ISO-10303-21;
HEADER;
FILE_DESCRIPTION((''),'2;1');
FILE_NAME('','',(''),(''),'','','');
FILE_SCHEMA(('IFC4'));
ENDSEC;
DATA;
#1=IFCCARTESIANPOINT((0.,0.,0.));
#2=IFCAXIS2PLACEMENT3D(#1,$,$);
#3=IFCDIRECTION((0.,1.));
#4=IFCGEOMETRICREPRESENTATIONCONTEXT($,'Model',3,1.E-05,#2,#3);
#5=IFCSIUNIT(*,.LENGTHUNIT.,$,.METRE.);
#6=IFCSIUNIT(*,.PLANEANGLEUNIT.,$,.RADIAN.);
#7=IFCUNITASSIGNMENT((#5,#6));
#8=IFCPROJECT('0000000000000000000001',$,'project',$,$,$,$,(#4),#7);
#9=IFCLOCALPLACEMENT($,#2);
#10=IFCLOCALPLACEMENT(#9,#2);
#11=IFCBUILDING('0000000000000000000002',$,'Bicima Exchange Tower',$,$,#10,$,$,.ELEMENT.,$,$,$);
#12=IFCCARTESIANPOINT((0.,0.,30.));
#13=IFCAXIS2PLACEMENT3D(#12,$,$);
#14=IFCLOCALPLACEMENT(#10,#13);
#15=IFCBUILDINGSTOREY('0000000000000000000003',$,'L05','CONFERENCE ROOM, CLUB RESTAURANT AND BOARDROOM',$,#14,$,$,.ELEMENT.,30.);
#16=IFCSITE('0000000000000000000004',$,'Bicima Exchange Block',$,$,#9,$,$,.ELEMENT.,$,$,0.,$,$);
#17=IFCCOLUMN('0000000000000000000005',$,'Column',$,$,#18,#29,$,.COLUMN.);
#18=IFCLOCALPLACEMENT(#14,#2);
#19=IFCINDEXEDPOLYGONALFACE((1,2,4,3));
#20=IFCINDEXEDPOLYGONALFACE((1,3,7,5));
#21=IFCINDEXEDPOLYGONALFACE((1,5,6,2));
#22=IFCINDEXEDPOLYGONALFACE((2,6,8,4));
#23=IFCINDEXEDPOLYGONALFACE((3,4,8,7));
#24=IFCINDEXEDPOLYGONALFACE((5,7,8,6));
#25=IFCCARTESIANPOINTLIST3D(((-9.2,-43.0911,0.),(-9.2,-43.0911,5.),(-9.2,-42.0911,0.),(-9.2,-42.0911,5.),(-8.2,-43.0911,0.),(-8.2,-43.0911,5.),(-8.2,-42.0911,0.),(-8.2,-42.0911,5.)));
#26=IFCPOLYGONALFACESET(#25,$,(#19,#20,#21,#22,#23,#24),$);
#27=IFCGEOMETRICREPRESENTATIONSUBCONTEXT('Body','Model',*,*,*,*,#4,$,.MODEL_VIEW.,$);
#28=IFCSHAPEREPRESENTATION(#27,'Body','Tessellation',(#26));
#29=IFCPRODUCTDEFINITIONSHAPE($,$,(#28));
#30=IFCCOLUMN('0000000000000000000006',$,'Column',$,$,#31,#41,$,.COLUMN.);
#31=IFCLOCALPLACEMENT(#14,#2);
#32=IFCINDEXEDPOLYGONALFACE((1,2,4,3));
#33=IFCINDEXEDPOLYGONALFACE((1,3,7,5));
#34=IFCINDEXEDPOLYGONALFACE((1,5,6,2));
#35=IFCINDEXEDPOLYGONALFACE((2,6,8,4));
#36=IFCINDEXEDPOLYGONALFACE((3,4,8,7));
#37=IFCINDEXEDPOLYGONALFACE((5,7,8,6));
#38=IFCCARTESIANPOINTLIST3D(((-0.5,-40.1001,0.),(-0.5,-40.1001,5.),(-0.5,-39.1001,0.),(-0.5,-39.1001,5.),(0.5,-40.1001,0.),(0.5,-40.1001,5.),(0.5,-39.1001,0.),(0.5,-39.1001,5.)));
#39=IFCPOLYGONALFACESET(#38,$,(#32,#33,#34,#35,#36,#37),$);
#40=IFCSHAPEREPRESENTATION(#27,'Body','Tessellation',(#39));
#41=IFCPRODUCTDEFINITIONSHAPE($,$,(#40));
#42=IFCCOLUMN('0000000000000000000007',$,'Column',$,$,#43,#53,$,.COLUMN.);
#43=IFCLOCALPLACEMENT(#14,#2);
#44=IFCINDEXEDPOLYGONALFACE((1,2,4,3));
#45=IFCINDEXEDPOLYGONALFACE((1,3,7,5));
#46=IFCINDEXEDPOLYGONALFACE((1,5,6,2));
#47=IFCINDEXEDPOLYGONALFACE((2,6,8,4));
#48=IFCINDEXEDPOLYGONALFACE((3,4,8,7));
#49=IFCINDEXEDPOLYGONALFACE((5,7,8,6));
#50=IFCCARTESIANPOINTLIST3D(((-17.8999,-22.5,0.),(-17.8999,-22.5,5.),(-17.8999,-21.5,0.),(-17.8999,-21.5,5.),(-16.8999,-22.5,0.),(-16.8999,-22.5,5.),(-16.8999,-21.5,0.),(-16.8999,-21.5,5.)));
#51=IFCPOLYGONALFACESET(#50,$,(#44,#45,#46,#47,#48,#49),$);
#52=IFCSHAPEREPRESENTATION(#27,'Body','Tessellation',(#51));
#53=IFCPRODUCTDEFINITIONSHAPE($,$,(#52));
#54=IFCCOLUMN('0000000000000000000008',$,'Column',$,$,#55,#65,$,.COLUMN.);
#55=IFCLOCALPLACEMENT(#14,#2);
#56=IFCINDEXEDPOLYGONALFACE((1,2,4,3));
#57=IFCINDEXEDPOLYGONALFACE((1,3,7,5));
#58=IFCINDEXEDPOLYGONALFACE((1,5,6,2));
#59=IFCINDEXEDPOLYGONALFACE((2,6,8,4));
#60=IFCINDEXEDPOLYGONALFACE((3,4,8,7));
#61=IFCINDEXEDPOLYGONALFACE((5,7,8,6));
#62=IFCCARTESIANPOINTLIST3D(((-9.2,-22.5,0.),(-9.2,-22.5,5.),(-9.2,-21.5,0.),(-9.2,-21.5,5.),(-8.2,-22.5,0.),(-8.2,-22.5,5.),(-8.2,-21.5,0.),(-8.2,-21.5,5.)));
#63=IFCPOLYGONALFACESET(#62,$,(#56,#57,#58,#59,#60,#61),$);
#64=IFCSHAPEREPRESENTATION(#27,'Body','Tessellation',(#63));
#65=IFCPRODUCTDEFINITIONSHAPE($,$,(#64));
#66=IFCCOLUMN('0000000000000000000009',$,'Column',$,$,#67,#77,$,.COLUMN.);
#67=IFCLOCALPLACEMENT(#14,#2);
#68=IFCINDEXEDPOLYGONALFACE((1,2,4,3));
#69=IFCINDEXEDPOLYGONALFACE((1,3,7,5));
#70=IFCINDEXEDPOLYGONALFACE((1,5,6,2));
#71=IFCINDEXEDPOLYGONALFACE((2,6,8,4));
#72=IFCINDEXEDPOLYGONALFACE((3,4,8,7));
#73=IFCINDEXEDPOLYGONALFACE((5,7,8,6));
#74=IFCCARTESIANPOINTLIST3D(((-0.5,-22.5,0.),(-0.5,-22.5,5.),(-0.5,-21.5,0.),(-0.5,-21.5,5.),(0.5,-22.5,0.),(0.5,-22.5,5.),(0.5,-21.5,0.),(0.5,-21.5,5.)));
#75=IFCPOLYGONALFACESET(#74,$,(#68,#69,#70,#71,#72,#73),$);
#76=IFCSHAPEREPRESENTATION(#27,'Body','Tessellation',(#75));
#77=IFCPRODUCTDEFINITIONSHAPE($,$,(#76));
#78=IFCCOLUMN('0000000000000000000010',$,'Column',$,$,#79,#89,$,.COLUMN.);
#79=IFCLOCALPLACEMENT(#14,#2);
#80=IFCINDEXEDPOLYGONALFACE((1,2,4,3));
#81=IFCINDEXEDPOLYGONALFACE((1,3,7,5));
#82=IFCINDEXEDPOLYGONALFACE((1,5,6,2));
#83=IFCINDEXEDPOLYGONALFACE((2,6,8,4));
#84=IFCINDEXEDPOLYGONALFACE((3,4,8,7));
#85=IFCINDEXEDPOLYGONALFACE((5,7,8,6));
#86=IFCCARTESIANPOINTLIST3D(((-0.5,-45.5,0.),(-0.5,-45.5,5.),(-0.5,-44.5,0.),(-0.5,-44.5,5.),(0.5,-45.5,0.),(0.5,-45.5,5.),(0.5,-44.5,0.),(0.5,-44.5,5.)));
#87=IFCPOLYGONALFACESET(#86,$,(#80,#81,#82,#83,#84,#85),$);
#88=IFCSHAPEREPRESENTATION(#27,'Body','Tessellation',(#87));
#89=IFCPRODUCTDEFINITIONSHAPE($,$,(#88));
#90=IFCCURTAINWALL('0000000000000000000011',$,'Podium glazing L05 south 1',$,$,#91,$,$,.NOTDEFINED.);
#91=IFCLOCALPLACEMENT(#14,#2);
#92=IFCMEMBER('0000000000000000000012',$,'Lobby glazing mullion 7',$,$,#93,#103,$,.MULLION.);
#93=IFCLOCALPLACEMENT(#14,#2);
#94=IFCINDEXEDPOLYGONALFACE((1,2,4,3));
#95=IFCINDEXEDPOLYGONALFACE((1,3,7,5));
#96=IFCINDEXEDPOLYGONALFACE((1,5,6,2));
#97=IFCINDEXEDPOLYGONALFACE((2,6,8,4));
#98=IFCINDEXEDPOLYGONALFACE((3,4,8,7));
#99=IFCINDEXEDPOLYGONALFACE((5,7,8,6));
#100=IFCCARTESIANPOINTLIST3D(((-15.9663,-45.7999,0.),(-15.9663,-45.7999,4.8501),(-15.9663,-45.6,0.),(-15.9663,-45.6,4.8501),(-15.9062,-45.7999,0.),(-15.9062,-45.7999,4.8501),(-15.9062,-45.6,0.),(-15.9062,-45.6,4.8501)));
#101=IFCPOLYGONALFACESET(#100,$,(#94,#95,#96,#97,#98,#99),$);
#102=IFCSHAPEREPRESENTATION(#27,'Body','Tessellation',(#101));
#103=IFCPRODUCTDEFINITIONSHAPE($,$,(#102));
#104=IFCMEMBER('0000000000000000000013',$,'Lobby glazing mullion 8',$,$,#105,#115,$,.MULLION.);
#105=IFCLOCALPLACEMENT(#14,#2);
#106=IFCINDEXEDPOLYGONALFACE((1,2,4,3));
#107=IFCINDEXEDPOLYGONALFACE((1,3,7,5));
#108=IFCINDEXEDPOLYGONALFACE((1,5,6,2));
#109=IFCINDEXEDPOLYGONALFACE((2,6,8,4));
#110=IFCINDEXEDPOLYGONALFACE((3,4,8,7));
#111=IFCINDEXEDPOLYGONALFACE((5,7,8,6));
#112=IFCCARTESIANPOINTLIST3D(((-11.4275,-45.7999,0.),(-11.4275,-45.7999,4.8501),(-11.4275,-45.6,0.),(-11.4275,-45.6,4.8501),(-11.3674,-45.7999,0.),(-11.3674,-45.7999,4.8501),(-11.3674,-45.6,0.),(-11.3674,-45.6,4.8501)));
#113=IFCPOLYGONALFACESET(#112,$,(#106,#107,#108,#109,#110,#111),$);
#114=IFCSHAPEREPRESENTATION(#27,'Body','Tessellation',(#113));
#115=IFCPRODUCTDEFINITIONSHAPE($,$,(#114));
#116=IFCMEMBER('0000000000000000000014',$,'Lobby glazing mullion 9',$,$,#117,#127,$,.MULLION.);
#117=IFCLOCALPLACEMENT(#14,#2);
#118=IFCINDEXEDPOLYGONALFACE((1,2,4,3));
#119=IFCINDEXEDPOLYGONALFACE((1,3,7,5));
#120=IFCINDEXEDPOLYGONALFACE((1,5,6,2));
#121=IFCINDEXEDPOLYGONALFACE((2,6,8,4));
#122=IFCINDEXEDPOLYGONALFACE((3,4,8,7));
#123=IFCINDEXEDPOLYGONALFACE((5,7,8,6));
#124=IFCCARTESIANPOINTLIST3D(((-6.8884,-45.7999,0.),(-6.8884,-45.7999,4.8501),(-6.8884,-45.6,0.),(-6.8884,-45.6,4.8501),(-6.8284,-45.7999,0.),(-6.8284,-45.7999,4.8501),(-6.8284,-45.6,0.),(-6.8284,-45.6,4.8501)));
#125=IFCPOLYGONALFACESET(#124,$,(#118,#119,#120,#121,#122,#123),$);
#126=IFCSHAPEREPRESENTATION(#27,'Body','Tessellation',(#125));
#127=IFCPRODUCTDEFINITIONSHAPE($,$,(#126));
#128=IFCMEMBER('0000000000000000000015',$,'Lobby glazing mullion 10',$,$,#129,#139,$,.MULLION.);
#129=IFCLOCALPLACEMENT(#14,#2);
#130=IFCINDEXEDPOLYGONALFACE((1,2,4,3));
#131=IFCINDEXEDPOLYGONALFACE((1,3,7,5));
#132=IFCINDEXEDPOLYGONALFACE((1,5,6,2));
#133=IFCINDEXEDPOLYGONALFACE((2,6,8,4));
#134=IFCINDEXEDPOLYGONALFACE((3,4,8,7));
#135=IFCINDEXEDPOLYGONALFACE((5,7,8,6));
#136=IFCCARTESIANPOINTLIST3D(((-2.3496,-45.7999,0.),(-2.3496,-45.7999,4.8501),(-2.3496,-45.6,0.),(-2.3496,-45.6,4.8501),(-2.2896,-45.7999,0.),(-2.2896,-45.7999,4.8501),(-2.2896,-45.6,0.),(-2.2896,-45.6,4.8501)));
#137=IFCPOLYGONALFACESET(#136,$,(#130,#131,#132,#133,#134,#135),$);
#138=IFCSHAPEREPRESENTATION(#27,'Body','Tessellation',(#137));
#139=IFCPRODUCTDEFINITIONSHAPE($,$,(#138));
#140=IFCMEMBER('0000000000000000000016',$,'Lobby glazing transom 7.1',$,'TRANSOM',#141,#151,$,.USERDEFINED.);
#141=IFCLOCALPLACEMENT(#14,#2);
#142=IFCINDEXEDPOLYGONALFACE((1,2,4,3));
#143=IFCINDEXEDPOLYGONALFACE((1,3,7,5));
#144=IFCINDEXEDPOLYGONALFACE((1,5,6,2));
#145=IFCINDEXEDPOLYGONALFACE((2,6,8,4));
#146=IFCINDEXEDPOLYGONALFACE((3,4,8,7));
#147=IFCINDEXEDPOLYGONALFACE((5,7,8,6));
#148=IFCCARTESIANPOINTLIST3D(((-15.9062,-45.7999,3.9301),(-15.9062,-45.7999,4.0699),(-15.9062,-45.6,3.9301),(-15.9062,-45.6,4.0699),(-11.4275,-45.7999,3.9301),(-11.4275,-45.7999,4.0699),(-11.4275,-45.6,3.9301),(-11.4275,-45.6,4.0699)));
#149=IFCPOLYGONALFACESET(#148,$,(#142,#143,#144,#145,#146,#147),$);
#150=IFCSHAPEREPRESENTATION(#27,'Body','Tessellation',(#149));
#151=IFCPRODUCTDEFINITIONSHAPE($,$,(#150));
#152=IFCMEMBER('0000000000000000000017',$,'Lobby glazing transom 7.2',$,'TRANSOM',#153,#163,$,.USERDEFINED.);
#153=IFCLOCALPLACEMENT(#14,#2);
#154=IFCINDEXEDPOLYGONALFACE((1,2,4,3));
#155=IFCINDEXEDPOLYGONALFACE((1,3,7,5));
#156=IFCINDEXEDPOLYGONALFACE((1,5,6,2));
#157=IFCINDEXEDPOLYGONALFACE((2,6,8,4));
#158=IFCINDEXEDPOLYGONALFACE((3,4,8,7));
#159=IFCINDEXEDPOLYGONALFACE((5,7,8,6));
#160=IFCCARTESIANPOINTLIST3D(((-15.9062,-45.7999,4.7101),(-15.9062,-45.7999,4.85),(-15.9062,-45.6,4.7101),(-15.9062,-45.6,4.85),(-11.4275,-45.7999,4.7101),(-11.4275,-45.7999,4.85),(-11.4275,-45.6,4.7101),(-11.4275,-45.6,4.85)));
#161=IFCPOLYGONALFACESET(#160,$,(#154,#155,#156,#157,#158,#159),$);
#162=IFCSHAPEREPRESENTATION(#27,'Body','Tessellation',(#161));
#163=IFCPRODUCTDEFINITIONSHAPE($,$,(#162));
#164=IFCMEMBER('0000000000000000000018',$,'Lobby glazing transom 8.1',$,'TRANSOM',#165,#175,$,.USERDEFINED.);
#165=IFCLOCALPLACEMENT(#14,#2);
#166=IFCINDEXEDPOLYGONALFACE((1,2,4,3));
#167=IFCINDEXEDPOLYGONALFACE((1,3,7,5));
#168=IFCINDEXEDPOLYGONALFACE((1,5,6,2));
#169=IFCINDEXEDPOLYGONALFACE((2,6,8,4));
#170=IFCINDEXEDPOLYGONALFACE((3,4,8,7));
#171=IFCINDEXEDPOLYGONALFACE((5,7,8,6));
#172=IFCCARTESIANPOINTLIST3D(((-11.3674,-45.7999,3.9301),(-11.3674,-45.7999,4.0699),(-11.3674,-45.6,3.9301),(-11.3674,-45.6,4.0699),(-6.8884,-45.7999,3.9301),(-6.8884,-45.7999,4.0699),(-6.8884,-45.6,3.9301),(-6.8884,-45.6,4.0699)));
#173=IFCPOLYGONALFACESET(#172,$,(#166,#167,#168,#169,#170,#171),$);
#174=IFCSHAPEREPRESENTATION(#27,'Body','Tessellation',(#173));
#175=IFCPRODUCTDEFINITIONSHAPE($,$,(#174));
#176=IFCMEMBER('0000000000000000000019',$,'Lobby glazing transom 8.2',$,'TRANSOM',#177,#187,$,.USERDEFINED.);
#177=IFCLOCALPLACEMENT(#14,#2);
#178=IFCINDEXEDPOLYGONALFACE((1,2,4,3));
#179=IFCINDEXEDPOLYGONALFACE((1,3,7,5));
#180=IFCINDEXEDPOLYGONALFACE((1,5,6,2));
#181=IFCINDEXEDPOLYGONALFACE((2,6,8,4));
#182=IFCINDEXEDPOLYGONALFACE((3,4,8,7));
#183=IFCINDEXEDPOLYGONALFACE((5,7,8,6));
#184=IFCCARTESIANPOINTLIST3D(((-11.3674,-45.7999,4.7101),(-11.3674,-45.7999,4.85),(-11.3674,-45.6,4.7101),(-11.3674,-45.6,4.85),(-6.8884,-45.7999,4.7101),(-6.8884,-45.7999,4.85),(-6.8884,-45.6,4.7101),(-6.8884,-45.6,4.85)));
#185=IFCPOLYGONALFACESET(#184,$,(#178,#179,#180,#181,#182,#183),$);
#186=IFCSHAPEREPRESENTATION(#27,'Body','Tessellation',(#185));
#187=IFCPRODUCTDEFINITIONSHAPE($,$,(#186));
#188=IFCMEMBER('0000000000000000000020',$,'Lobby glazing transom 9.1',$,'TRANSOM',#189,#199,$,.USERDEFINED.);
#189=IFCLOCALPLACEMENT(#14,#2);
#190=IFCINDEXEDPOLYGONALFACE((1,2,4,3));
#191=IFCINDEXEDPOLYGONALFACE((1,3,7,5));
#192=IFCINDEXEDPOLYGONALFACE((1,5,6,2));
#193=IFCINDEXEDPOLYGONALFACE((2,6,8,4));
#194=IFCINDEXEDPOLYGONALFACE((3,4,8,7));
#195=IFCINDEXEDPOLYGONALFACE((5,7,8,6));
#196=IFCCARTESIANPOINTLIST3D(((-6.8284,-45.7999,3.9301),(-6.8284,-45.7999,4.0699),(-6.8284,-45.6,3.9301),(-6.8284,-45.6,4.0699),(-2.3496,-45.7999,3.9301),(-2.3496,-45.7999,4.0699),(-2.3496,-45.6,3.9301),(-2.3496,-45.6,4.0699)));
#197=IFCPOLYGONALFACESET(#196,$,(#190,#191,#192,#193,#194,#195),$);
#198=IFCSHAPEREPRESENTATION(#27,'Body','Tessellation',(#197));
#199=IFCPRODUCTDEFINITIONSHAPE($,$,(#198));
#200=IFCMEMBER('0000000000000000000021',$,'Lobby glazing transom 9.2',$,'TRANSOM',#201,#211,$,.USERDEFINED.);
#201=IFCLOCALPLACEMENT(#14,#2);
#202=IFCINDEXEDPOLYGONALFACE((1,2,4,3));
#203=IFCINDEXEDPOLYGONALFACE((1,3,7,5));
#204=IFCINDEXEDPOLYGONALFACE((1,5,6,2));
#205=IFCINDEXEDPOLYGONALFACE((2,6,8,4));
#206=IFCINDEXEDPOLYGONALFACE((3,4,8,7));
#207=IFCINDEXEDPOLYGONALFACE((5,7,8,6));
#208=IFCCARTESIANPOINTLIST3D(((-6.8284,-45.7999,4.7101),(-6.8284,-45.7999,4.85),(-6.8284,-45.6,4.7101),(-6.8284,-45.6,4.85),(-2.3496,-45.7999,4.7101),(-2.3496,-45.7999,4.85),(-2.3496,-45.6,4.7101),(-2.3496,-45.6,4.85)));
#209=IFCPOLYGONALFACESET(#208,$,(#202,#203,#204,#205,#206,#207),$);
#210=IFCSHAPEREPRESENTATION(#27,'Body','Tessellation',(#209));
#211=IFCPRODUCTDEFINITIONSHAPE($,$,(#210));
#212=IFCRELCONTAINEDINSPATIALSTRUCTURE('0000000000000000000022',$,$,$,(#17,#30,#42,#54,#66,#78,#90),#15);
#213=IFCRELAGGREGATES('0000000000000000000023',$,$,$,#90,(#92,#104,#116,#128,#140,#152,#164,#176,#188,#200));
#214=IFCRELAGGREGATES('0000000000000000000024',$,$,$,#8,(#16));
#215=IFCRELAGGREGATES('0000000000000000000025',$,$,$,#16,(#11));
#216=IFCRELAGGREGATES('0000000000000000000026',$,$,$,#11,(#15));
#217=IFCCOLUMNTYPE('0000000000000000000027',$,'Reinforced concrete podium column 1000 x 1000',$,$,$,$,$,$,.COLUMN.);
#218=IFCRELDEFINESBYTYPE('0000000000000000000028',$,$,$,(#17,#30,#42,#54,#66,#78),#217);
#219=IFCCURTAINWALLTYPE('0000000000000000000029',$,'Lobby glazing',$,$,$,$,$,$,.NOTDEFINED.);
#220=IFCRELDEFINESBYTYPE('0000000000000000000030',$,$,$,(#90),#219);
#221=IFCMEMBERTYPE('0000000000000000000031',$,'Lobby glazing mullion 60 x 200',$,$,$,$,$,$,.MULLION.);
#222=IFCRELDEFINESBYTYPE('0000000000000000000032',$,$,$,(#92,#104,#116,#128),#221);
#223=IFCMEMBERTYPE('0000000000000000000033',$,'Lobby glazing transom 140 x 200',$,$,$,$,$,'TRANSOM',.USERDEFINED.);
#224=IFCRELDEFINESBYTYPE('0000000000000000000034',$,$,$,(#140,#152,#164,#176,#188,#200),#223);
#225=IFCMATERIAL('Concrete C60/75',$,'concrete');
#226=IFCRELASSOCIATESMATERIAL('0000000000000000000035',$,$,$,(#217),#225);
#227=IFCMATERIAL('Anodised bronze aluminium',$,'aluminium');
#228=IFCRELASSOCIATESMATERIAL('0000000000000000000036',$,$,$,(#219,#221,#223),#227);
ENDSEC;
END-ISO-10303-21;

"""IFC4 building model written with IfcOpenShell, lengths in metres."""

from ifc_helpers import new_model, si_unit, direction, frame, origin, origin_2d, place, context, subcontext, project, spatial, rectangle, extrude, material, material_profile, profile_set, type_object, element, aggregate, save


model = new_model("IFC4")

# Units and contexts
model_context = context("Model", 3, precision=1e-05, world=origin(), true_north=direction((0.0, 1.0)))
body_context = subcontext(model_context, "Body", "Model", "MODEL_VIEW")
ifc_project = project(units=[si_unit("LENGTHUNIT", "METRE"), si_unit("PLANEANGLEUNIT", "RADIAN")], contexts=[model_context])

# Site, building, storey
site_placement = place(None, origin())
site = spatial("IfcSite", under=ifc_project, at=site_placement, Name="Bicima Exchange Block", CompositionType="ELEMENT", RefElevation=0.0)
building_placement = place(site_placement, origin())
building = spatial("IfcBuilding", under=site, at=building_placement, Name="Bicima Exchange Tower", CompositionType="ELEMENT")
storey_placement = place(building_placement, frame((0.0, 0.0, 30.0)))
storey = spatial("IfcBuildingStorey", under=building, at=storey_placement, Name="L05", Description="CONFERENCE ROOM, CLUB RESTAURANT AND BOARDROOM", CompositionType="ELEMENT", Elevation=30.0)

# Columns
ifc_material_1 = material(Name="Concrete C60/75", Category="concrete")
ifc_material_profile_1 = material_profile(ifc_material_1, rectangle(XDim=1.0, YDim=1.0, at=origin_2d()))
ifc_profile_set_1 = profile_set([ifc_material_profile_1], Name="Concrete C60/75")
column_type = type_object("IfcColumnType", Name="Reinforced concrete podium column 1000 x 1000", PredefinedType="COLUMN", material=ifc_profile_set_1)
for number, where, z_axis, x_axis, name in (
    (1, (-8.7, -42.5911, 0.0), (0.0, 0.0, 1.0), (1.0, 0.0, 0.0), "Column"),
    (2, (0.0, -39.6001, 0.0), (0.0, 0.0, 1.0), (1.0, 0.0, 0.0), "Column"),
    (3, (-17.3999, -22.0, 0.0), (0.0, 0.0, 1.0), (1.0, 0.0, 0.0), "Column"),
    (4, (-8.7, -22.0, 0.0), (0.0, 0.0, 1.0), (1.0, 0.0, 0.0), "Column"),
    (5, (0.0, -22.0, 0.0), (0.0, 0.0, 1.0), (1.0, 0.0, 0.0), "Column"),
    (6, (0.0, -45.0, 0.0), (0.0, 0.0, 1.0), (1.0, 0.0, 0.0), "Column"),
):
    element("IfcColumn", number, at=place(storey_placement, frame(where, z_axis=z_axis, x_axis=x_axis)), inside=storey, type_object=column_type, Name=name, PredefinedType="COLUMN", context=body_context, shape_type="SweptSolid", body=[
        extrude(rectangle(XDim=1.0, YDim=1.0, at=origin_2d()), origin(), (0.0, 0.0, 1.0), 5.0),
    ])

# Curtain wall, members
ifc_material_2 = material(Name="Anodised bronze aluminium", Category="aluminium")
curtain_wall_type = type_object("IfcCurtainWallType", Name="Lobby glazing", PredefinedType="NOTDEFINED", material=ifc_material_2)
curtain_wall_placement = place(storey_placement, origin())
curtain_wall = element("IfcCurtainWall", 7, at=curtain_wall_placement, inside=storey, type_object=curtain_wall_type, Name="Podium glazing L05 south 1", PredefinedType="NOTDEFINED")
ifc_material_profile_2 = material_profile(ifc_material_2, rectangle(XDim=0.2, YDim=0.0601, at=origin_2d()))
ifc_profile_set_2 = profile_set([ifc_material_profile_2], Name="Anodised bronze aluminium")
member_type_1 = type_object("IfcMemberType", Name="Lobby glazing mullion 60 x 200", PredefinedType="MULLION", material=ifc_profile_set_2)
member_1_placement = place(storey_placement, frame((-15.9363, -45.7, 0.0), z_axis=(0.0, 0.0, 1.0), x_axis=(0.0, 1.0, 0.0)))
member_1 = element("IfcMember", 8, at=member_1_placement, type_object=member_type_1, Name="Lobby glazing mullion 7", PredefinedType="MULLION", context=body_context, shape_type="SweptSolid", body=[
    extrude(rectangle(XDim=0.2, YDim=0.0601, at=origin_2d()), origin(), (0.0, 0.0, 1.0), 4.8501),
])
member_2_placement = place(storey_placement, frame((-11.3975, -45.7, 0.0), z_axis=(0.0, 0.0, 1.0), x_axis=(0.0, 1.0, 0.0)))
member_2 = element("IfcMember", 9, at=member_2_placement, type_object=member_type_1, Name="Lobby glazing mullion 8", PredefinedType="MULLION", context=body_context, shape_type="SweptSolid", body=[
    extrude(rectangle(XDim=0.2, YDim=0.0601, at=origin_2d()), origin(), (0.0, 0.0, 1.0), 4.8501),
])
member_3_placement = place(storey_placement, frame((-6.8584, -45.7, 0.0), z_axis=(0.0, 0.0, 1.0), x_axis=(0.0, 1.0, 0.0)))
member_3 = element("IfcMember", 10, at=member_3_placement, type_object=member_type_1, Name="Lobby glazing mullion 9", PredefinedType="MULLION", context=body_context, shape_type="SweptSolid", body=[
    extrude(rectangle(XDim=0.2, YDim=0.0601, at=origin_2d()), origin(), (0.0, 0.0, 1.0), 4.8501),
])
member_4_placement = place(storey_placement, frame((-2.3196, -45.7, 0.0), z_axis=(0.0, 0.0, 1.0), x_axis=(0.0, 1.0, 0.0)))
member_4 = element("IfcMember", 11, at=member_4_placement, type_object=member_type_1, Name="Lobby glazing mullion 10", PredefinedType="MULLION", context=body_context, shape_type="SweptSolid", body=[
    extrude(rectangle(XDim=0.2, YDim=0.0601, at=origin_2d()), origin(), (0.0, 0.0, 1.0), 4.8501),
])
ifc_material_profile_3 = material_profile(ifc_material_2, rectangle(XDim=0.2, YDim=0.1399, at=origin_2d()))
ifc_profile_set_3 = profile_set([ifc_material_profile_3], Name="Anodised bronze aluminium")
member_type_2 = type_object("IfcMemberType", Name="Lobby glazing transom 140 x 200", ElementType="TRANSOM", PredefinedType="USERDEFINED", material=ifc_profile_set_3)
member_5_placement = place(storey_placement, frame((-15.9062, -45.7, 4.0), z_axis=(1.0, 0.0, 0.0), x_axis=(0.0, 1.0, 0.0)))
member_5 = element("IfcMember", 12, at=member_5_placement, type_object=member_type_2, Name="Lobby glazing transom 7.1", ObjectType="TRANSOM", PredefinedType="USERDEFINED", context=body_context, shape_type="SweptSolid", body=[
    extrude(rectangle(XDim=0.2, YDim=0.1399, at=origin_2d()), origin(), (0.0, 0.0, 1.0), 4.4788),
])
member_6_placement = place(storey_placement, frame((-15.9062, -45.7, 4.78), z_axis=(1.0, 0.0, 0.0), x_axis=(0.0, 1.0, 0.0)))
member_6 = element("IfcMember", 13, at=member_6_placement, type_object=member_type_2, Name="Lobby glazing transom 7.2", ObjectType="TRANSOM", PredefinedType="USERDEFINED", context=body_context, shape_type="SweptSolid", body=[
    extrude(rectangle(XDim=0.2, YDim=0.1399, at=origin_2d()), origin(), (0.0, 0.0, 1.0), 4.4788),
])
member_7_placement = place(storey_placement, frame((-11.3674, -45.7, 4.0), z_axis=(1.0, 0.0, 0.0), x_axis=(0.0, 1.0, 0.0)))
member_7 = element("IfcMember", 14, at=member_7_placement, type_object=member_type_2, Name="Lobby glazing transom 8.1", ObjectType="TRANSOM", PredefinedType="USERDEFINED", context=body_context, shape_type="SweptSolid", body=[
    extrude(rectangle(XDim=0.2, YDim=0.1399, at=origin_2d()), origin(), (0.0, 0.0, 1.0), 4.479),
])
member_8_placement = place(storey_placement, frame((-11.3674, -45.7, 4.78), z_axis=(1.0, 0.0, 0.0), x_axis=(0.0, 1.0, 0.0)))
member_8 = element("IfcMember", 15, at=member_8_placement, type_object=member_type_2, Name="Lobby glazing transom 8.2", ObjectType="TRANSOM", PredefinedType="USERDEFINED", context=body_context, shape_type="SweptSolid", body=[
    extrude(rectangle(XDim=0.2, YDim=0.1399, at=origin_2d()), origin(), (0.0, 0.0, 1.0), 4.479),
])
member_9_placement = place(storey_placement, frame((-6.8284, -45.7, 4.0), z_axis=(1.0, 0.0, 0.0), x_axis=(0.0, 1.0, 0.0)))
member_9 = element("IfcMember", 16, at=member_9_placement, type_object=member_type_2, Name="Lobby glazing transom 9.1", ObjectType="TRANSOM", PredefinedType="USERDEFINED", context=body_context, shape_type="SweptSolid", body=[
    extrude(rectangle(XDim=0.2, YDim=0.1399, at=origin_2d()), origin(), (0.0, 0.0, 1.0), 4.4788),
])
member_10_placement = place(storey_placement, frame((-6.8284, -45.7, 4.78), z_axis=(1.0, 0.0, 0.0), x_axis=(0.0, 1.0, 0.0)))
member_10 = element("IfcMember", 17, at=member_10_placement, type_object=member_type_2, Name="Lobby glazing transom 9.2", ObjectType="TRANSOM", PredefinedType="USERDEFINED", context=body_context, shape_type="SweptSolid", body=[
    extrude(rectangle(XDim=0.2, YDim=0.1399, at=origin_2d()), origin(), (0.0, 0.0, 1.0), 4.4788),
])

aggregate(curtain_wall, [member_1, member_2, member_3, member_4, member_5, member_6, member_7, member_8, member_9, member_10])

save(model, "model.ifc")
